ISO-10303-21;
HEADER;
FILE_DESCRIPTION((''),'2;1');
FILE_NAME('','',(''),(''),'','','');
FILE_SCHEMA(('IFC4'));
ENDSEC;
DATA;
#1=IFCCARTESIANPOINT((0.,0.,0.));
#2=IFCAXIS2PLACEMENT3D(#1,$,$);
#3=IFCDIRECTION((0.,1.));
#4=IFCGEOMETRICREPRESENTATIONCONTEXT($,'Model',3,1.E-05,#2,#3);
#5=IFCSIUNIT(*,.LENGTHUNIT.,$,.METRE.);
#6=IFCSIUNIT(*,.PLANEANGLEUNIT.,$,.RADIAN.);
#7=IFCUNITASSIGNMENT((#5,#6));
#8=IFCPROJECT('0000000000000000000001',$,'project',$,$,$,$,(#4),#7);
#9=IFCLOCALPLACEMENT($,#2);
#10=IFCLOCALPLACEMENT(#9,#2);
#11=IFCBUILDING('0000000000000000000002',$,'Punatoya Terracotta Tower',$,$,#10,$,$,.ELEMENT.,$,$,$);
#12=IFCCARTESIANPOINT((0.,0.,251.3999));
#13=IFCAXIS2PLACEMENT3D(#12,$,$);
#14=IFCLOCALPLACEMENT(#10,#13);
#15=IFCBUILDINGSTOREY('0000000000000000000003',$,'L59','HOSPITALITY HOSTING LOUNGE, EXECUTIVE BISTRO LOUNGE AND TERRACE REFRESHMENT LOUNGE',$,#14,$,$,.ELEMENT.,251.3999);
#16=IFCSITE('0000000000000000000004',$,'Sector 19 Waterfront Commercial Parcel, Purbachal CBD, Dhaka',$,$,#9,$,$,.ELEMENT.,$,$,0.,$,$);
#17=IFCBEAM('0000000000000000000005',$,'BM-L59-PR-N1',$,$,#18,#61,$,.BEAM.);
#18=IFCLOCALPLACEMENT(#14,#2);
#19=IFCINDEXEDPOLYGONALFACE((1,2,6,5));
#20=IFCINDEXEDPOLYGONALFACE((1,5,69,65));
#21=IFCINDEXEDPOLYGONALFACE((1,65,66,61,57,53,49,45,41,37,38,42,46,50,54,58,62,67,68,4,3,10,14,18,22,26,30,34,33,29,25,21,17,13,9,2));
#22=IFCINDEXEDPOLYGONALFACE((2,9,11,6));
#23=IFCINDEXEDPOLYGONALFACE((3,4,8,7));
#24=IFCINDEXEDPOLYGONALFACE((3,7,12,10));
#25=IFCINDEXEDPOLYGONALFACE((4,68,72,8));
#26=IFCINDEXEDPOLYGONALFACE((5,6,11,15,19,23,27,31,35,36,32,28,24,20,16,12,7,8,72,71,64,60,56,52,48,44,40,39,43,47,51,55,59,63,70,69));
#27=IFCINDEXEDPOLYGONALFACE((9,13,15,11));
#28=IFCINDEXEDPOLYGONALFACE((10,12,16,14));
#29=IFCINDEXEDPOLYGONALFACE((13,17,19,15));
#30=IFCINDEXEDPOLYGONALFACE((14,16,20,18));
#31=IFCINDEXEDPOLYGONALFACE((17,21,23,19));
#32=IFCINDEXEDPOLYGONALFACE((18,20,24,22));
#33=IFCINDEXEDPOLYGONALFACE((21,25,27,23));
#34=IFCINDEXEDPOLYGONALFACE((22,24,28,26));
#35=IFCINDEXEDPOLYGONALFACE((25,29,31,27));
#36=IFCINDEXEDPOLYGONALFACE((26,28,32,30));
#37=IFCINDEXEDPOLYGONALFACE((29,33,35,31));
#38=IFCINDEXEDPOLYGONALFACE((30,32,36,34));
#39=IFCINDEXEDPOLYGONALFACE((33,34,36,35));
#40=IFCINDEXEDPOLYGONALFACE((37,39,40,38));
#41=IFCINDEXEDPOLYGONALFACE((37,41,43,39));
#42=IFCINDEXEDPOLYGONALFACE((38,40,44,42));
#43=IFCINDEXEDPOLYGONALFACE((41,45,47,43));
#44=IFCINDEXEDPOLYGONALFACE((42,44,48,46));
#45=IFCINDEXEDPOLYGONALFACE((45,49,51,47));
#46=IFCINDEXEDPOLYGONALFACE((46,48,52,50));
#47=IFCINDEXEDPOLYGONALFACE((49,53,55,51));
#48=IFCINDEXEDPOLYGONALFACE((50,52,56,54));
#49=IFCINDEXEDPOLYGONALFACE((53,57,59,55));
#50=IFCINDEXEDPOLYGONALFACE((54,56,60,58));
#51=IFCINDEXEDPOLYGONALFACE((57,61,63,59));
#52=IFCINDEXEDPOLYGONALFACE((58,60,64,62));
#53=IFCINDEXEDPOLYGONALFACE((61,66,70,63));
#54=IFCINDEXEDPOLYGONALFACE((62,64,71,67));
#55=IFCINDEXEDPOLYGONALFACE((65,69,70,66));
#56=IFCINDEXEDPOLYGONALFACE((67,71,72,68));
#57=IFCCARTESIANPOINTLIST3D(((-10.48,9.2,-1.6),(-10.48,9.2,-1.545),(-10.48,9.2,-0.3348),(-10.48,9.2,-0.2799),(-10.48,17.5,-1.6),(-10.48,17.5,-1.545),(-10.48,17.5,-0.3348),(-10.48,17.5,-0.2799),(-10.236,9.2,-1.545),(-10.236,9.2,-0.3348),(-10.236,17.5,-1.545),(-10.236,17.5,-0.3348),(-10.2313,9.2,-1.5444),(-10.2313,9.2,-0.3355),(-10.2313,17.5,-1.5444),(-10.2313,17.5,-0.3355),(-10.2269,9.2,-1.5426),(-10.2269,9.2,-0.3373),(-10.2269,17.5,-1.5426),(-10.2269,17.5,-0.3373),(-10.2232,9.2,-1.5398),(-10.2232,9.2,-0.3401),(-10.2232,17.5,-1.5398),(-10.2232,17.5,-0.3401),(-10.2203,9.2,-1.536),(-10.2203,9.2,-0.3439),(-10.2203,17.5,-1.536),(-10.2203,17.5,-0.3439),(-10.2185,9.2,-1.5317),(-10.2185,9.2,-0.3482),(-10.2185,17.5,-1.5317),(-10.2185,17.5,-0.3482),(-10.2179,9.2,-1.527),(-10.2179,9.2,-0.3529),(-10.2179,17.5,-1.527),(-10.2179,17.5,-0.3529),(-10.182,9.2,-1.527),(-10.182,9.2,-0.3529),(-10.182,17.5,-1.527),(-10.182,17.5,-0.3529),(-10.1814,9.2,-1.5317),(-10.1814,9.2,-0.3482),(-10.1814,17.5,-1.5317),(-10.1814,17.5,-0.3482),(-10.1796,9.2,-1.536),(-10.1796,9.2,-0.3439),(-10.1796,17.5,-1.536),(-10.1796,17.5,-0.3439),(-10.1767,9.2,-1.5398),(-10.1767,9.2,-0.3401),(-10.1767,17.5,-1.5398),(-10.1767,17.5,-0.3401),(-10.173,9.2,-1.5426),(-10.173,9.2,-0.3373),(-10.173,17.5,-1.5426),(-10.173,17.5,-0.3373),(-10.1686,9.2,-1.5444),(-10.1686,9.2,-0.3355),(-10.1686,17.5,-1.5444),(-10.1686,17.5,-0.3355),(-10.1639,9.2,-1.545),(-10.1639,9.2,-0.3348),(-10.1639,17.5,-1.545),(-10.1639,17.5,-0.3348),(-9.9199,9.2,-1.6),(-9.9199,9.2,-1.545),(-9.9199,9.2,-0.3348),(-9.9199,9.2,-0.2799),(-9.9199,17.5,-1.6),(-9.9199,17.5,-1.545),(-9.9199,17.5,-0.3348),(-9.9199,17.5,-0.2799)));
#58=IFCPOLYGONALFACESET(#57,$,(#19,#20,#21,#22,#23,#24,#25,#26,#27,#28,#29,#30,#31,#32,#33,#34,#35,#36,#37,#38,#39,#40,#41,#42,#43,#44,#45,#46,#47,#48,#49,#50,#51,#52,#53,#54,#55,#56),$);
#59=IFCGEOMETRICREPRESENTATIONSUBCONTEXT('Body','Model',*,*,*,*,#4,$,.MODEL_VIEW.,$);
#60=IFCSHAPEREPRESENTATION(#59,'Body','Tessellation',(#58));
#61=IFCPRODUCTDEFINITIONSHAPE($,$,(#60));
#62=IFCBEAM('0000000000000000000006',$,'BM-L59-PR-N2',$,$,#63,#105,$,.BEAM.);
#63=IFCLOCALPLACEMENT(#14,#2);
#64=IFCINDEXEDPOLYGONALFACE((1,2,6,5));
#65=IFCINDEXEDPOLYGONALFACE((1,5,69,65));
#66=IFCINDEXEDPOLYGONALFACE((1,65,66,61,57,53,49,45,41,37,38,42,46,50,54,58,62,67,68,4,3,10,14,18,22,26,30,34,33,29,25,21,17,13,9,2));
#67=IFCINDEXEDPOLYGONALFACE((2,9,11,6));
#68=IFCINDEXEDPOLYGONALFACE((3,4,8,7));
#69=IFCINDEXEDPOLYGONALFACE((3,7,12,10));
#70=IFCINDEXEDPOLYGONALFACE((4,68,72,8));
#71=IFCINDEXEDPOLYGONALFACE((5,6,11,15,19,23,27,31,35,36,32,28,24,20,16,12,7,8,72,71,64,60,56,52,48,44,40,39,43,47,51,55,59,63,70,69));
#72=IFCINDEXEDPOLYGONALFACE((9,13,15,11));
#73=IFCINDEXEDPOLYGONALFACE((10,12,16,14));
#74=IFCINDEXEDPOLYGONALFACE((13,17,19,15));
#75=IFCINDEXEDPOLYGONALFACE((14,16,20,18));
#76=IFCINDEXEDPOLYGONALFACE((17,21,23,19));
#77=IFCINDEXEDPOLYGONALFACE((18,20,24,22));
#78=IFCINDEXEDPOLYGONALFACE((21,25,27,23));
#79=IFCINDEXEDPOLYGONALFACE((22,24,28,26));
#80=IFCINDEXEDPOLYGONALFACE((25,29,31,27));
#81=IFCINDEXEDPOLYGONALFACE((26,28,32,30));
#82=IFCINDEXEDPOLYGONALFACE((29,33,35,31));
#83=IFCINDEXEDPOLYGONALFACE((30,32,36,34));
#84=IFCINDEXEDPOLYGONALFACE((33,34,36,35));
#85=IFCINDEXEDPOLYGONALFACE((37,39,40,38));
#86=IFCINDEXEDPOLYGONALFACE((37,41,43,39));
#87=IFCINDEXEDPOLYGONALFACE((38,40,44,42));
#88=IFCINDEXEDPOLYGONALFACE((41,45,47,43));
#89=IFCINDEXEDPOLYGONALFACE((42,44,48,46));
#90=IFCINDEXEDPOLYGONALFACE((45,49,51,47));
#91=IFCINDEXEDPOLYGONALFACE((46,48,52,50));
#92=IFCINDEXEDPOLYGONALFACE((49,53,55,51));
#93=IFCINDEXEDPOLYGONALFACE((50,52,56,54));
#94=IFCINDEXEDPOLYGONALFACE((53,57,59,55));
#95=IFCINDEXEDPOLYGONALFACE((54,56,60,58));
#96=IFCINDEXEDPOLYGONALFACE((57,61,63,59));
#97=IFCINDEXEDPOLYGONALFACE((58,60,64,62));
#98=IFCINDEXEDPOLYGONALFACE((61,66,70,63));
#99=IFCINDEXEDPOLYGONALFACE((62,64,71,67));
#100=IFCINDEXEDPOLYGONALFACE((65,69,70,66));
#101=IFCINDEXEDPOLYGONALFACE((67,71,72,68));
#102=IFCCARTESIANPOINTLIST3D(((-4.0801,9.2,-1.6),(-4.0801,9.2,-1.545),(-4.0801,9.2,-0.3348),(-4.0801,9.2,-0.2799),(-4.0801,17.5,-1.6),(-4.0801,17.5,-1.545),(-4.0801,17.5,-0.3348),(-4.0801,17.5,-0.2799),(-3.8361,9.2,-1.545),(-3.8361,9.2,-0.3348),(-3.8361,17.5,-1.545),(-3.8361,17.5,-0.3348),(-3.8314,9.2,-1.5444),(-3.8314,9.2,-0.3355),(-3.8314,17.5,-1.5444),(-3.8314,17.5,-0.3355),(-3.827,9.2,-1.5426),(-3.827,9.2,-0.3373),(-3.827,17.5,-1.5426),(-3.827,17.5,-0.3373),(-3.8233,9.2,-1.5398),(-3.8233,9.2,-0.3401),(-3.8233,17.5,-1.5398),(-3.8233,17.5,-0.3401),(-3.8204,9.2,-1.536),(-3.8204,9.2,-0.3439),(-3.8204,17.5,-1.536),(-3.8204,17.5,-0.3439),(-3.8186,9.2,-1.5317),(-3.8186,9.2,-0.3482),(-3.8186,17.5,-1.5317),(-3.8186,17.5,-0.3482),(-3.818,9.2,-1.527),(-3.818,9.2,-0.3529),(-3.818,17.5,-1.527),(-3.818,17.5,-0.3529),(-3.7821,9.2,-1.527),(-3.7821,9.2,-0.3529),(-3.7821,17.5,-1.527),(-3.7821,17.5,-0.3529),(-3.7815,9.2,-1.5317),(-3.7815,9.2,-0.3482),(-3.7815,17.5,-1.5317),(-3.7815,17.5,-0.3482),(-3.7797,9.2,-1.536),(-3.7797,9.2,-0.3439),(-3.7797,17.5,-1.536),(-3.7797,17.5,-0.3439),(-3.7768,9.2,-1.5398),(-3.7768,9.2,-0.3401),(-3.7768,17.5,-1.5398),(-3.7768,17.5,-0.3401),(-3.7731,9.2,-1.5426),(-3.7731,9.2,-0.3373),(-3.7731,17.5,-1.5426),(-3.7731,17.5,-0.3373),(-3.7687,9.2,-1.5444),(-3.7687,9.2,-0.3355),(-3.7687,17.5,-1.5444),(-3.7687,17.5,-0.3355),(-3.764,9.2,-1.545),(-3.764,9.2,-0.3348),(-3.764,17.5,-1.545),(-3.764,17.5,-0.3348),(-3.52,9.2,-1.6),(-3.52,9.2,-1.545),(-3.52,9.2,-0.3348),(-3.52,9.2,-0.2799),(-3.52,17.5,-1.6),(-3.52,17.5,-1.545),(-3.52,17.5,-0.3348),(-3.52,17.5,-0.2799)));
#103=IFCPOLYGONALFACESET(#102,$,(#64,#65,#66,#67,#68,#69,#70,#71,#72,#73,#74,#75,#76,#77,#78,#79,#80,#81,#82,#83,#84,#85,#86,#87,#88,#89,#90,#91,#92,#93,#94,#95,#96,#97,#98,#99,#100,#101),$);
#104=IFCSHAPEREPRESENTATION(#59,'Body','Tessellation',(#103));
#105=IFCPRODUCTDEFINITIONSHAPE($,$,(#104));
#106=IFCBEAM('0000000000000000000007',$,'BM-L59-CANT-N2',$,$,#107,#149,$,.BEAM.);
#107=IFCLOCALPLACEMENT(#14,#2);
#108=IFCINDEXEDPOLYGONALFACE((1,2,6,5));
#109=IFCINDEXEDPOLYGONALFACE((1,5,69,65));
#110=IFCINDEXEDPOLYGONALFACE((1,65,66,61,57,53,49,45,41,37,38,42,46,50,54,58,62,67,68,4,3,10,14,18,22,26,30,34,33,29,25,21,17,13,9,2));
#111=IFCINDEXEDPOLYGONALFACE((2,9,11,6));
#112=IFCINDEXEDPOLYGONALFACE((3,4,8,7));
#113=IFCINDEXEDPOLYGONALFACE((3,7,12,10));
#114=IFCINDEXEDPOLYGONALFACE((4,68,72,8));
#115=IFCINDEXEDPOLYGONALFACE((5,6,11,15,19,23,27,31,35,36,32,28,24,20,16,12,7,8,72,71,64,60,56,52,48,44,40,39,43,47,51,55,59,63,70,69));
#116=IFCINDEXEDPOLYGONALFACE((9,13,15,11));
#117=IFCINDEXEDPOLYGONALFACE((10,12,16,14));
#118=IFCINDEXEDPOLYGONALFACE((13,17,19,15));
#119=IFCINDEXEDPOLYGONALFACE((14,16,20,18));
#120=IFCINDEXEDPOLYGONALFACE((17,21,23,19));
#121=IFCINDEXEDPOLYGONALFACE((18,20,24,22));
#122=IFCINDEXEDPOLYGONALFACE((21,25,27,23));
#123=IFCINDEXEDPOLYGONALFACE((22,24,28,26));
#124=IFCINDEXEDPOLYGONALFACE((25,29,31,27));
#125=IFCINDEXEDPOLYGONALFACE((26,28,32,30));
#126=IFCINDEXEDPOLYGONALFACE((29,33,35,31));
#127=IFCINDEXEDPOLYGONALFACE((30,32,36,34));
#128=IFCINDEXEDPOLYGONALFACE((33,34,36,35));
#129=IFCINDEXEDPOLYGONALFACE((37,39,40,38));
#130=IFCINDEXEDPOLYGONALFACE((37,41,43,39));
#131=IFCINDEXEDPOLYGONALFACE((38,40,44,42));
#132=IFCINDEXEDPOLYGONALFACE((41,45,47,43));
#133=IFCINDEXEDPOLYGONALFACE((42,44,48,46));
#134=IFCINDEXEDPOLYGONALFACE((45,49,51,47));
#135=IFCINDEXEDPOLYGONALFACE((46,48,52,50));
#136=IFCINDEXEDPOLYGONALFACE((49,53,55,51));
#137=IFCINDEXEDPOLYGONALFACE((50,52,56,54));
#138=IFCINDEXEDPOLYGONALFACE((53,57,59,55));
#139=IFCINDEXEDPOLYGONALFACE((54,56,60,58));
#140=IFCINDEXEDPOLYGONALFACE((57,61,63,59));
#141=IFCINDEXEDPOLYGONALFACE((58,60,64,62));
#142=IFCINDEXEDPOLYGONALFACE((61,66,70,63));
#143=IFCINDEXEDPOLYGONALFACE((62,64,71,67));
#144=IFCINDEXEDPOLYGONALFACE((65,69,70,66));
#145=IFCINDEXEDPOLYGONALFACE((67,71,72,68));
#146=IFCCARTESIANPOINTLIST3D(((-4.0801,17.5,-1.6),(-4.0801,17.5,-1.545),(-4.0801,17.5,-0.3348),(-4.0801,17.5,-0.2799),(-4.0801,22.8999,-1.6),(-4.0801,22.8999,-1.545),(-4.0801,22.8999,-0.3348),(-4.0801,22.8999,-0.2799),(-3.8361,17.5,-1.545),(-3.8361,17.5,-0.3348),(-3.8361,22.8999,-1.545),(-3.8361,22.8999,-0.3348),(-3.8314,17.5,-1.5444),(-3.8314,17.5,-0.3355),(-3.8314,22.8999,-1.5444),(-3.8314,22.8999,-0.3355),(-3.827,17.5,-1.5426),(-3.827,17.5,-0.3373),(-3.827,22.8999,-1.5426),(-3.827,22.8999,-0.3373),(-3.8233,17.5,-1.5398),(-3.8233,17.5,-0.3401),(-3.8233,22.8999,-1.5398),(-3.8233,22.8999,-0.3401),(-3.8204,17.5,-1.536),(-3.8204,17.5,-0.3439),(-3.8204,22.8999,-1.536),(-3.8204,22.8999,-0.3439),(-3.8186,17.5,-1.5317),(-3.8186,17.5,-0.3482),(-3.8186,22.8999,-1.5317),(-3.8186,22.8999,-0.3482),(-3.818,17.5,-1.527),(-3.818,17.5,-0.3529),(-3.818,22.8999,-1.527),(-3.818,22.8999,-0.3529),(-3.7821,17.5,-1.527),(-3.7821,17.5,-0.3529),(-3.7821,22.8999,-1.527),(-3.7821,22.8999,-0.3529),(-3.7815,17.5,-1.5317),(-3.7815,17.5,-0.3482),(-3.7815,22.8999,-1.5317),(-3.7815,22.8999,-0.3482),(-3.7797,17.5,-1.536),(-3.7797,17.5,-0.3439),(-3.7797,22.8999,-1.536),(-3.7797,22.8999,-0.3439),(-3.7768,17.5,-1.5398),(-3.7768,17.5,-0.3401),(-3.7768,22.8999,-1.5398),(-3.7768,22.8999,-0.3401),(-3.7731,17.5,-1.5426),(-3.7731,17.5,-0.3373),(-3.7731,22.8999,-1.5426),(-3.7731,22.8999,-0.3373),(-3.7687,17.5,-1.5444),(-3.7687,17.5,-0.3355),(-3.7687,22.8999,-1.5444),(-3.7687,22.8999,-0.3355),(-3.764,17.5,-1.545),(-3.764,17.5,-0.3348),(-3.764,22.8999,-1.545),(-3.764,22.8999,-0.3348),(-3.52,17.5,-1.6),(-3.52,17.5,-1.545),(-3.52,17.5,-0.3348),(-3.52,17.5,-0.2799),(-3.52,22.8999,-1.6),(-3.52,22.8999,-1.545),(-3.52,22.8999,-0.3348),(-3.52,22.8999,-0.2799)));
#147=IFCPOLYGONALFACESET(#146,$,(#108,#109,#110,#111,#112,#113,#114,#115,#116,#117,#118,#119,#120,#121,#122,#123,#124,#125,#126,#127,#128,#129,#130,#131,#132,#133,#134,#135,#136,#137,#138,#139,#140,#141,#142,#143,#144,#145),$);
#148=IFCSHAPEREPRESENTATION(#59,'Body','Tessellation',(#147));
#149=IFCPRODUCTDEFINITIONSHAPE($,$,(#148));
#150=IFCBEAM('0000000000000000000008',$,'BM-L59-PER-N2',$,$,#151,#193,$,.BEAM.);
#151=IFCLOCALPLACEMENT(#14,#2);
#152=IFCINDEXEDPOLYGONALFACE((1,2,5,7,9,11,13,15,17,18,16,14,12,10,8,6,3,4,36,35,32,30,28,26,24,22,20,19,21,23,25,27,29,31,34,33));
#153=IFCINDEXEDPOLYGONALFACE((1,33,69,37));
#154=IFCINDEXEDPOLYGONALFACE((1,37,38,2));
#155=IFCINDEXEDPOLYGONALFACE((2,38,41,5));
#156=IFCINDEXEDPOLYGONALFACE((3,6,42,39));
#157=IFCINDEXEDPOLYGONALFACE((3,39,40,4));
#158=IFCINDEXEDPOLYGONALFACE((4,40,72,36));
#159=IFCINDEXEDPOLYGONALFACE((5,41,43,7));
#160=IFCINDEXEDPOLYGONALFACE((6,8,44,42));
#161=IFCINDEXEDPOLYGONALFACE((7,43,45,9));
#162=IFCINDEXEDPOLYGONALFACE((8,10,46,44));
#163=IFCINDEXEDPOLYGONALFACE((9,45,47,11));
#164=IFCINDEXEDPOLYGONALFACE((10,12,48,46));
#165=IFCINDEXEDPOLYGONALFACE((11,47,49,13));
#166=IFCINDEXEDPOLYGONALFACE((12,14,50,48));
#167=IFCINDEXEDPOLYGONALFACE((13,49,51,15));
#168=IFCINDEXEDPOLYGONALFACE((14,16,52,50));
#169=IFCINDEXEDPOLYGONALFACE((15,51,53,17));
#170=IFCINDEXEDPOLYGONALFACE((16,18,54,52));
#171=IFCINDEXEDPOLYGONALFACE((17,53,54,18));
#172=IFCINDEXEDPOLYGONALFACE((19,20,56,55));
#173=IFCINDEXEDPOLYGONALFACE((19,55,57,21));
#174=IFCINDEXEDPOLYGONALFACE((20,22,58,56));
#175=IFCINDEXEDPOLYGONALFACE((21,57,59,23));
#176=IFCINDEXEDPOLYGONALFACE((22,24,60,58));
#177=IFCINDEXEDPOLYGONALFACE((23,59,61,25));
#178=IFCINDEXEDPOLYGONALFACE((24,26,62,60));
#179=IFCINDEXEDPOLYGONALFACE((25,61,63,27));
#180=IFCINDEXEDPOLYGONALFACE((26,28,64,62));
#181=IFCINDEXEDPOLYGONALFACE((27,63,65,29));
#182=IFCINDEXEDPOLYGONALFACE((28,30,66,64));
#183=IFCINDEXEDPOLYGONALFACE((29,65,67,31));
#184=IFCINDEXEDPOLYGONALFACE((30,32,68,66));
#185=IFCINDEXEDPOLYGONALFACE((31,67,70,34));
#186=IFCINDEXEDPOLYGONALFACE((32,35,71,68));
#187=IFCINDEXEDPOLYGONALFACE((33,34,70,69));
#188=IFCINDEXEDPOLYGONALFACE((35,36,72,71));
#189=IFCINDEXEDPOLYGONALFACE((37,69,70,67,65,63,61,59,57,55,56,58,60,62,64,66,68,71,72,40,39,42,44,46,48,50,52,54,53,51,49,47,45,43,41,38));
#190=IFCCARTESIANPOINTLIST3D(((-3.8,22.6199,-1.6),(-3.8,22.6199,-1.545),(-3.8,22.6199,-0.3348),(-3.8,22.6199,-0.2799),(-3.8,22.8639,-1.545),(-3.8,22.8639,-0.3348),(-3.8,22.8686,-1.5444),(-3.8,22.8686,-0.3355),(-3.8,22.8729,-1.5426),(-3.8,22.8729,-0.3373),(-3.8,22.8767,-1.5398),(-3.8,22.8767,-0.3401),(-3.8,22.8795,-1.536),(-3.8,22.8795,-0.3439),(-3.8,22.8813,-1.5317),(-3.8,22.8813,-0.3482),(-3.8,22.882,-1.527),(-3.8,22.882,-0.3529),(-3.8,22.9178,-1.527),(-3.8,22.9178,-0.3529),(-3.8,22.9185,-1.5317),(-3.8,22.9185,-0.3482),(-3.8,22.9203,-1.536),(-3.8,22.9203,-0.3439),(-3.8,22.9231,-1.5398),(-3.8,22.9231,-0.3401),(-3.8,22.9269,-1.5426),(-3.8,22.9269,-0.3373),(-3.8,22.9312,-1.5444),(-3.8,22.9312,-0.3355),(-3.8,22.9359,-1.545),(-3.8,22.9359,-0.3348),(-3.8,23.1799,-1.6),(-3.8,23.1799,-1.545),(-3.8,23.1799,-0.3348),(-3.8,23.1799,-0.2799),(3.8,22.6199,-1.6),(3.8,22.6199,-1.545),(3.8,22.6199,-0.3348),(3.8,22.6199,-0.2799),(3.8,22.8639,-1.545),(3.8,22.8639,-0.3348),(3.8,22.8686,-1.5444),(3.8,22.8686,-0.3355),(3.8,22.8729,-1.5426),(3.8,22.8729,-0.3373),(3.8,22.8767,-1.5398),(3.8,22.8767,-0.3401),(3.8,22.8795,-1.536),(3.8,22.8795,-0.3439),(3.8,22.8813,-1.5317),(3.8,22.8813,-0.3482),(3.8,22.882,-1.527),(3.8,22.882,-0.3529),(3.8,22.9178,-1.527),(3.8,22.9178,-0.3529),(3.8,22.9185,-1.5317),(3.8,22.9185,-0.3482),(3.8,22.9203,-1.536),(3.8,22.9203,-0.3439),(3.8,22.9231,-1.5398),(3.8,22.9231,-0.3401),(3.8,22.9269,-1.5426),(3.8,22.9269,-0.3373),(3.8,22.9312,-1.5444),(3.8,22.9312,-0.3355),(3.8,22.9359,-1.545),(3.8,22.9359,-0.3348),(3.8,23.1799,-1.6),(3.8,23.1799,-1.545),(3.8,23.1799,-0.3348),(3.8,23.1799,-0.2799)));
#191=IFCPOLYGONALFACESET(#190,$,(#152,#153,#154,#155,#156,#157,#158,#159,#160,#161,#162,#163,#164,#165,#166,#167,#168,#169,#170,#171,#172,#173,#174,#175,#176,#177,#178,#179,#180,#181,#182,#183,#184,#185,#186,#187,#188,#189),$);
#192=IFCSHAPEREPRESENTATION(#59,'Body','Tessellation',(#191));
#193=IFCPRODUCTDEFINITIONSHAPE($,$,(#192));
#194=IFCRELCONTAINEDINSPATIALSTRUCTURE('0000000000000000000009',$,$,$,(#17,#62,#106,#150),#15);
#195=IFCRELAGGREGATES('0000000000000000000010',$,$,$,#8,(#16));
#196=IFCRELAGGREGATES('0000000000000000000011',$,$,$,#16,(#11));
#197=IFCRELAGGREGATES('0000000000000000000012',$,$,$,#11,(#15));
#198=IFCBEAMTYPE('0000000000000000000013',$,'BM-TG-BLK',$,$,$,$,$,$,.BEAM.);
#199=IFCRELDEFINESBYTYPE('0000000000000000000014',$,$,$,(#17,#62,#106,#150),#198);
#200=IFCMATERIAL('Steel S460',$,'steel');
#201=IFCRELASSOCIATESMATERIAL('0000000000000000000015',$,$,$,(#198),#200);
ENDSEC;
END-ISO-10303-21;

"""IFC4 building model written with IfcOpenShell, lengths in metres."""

from ifc_helpers import new_model, si_unit, direction, frame, origin, origin_2d, place, context, subcontext, project, spatial, i_section, extrude, material, material_profile, profile_set, type_object, element, save


model = new_model("IFC4")

# Units and contexts
model_context = context("Model", 3, precision=1e-05, world=origin(), true_north=direction((0.0, 1.0)))
body_context = subcontext(model_context, "Body", "Model", "MODEL_VIEW")
ifc_project = project(units=[si_unit("LENGTHUNIT", "METRE"), si_unit("PLANEANGLEUNIT", "RADIAN")], contexts=[model_context])

# Site, building, storey
site_placement = place(None, origin())
site = spatial("IfcSite", under=ifc_project, at=site_placement, Name="Sector 19 Waterfront Commercial Parcel, Purbachal CBD, Dhaka", CompositionType="ELEMENT", RefElevation=0.0)
building_placement = place(site_placement, origin())
building = spatial("IfcBuilding", under=site, at=building_placement, Name="Punatoya Terracotta Tower", CompositionType="ELEMENT")
storey_placement = place(building_placement, frame((0.0, 0.0, 251.3999)))
storey = spatial("IfcBuildingStorey", under=building, at=storey_placement, Name="L59", Description="HOSPITALITY HOSTING LOUNGE, EXECUTIVE BISTRO LOUNGE AND TERRACE REFRESHMENT LOUNGE", CompositionType="ELEMENT", Elevation=251.3999)

# Shared definitions
ifc_material_1 = material(Name="Steel S460", Category="steel")

# Beams
ifc_material_profile_1 = material_profile(ifc_material_1, i_section(OverallWidth=0.5601, OverallDepth=1.3201, WebThickness=0.0359, FlangeThickness=0.0549, FilletRadius=0.0181, at=origin_2d()))
ifc_profile_set_1 = profile_set([ifc_material_profile_1], Name="Steel S460")
beam_type_1 = type_object("IfcBeamType", Name="BM-TG-BLK", PredefinedType="BEAM", material=ifc_profile_set_1)
for number, where, z_axis, x_axis, name in (
    (1, (-10.2, 9.2, -0.9399), (0.0, 1.0, 0.0), (-1.0, 0.0, 0.0), "BM-L59-PR-N1"),
    (2, (-3.8, 9.2, -0.9399), (0.0, 1.0, 0.0), (-1.0, 0.0, 0.0), "BM-L59-PR-N2"),
):
    element("IfcBeam", number, at=place(storey_placement, frame(where, z_axis=z_axis, x_axis=x_axis)), inside=storey, type_object=beam_type_1, Name=name, PredefinedType="BEAM", context=body_context, shape_type="SweptSolid", body=[
        extrude(i_section(OverallWidth=0.5601, OverallDepth=1.3201, WebThickness=0.0359, FlangeThickness=0.0549, FilletRadius=0.0181, at=origin_2d()), origin(), (0.0, 0.0, 1.0), 8.3),
    ])
beam_1_placement = place(storey_placement, frame((-3.8, 17.5, -0.9399), z_axis=(0.0, 1.0, 0.0), x_axis=(-1.0, 0.0, 0.0)))
element("IfcBeam", 3, at=beam_1_placement, inside=storey, type_object=beam_type_1, Name="BM-L59-CANT-N2", PredefinedType="BEAM", context=body_context, shape_type="SweptSolid", body=[
    extrude(i_section(OverallWidth=0.5601, OverallDepth=1.3201, WebThickness=0.0359, FlangeThickness=0.0549, FilletRadius=0.0181, at=origin_2d()), origin(), (0.0, 0.0, 1.0), 5.3999),
])
beam_2_placement = place(storey_placement, frame((-3.8, 22.8999, -0.9399), z_axis=(1.0, 0.0, 0.0), x_axis=(0.0, 1.0, 0.0)))
element("IfcBeam", 4, at=beam_2_placement, inside=storey, type_object=beam_type_1, Name="BM-L59-PER-N2", PredefinedType="BEAM", context=body_context, shape_type="SweptSolid", body=[
    extrude(i_section(OverallWidth=0.5601, OverallDepth=1.3201, WebThickness=0.0359, FlangeThickness=0.0549, FilletRadius=0.0181, at=origin_2d()), origin(), (0.0, 0.0, 1.0), 7.6001),
])

save(model, "model.ifc")
